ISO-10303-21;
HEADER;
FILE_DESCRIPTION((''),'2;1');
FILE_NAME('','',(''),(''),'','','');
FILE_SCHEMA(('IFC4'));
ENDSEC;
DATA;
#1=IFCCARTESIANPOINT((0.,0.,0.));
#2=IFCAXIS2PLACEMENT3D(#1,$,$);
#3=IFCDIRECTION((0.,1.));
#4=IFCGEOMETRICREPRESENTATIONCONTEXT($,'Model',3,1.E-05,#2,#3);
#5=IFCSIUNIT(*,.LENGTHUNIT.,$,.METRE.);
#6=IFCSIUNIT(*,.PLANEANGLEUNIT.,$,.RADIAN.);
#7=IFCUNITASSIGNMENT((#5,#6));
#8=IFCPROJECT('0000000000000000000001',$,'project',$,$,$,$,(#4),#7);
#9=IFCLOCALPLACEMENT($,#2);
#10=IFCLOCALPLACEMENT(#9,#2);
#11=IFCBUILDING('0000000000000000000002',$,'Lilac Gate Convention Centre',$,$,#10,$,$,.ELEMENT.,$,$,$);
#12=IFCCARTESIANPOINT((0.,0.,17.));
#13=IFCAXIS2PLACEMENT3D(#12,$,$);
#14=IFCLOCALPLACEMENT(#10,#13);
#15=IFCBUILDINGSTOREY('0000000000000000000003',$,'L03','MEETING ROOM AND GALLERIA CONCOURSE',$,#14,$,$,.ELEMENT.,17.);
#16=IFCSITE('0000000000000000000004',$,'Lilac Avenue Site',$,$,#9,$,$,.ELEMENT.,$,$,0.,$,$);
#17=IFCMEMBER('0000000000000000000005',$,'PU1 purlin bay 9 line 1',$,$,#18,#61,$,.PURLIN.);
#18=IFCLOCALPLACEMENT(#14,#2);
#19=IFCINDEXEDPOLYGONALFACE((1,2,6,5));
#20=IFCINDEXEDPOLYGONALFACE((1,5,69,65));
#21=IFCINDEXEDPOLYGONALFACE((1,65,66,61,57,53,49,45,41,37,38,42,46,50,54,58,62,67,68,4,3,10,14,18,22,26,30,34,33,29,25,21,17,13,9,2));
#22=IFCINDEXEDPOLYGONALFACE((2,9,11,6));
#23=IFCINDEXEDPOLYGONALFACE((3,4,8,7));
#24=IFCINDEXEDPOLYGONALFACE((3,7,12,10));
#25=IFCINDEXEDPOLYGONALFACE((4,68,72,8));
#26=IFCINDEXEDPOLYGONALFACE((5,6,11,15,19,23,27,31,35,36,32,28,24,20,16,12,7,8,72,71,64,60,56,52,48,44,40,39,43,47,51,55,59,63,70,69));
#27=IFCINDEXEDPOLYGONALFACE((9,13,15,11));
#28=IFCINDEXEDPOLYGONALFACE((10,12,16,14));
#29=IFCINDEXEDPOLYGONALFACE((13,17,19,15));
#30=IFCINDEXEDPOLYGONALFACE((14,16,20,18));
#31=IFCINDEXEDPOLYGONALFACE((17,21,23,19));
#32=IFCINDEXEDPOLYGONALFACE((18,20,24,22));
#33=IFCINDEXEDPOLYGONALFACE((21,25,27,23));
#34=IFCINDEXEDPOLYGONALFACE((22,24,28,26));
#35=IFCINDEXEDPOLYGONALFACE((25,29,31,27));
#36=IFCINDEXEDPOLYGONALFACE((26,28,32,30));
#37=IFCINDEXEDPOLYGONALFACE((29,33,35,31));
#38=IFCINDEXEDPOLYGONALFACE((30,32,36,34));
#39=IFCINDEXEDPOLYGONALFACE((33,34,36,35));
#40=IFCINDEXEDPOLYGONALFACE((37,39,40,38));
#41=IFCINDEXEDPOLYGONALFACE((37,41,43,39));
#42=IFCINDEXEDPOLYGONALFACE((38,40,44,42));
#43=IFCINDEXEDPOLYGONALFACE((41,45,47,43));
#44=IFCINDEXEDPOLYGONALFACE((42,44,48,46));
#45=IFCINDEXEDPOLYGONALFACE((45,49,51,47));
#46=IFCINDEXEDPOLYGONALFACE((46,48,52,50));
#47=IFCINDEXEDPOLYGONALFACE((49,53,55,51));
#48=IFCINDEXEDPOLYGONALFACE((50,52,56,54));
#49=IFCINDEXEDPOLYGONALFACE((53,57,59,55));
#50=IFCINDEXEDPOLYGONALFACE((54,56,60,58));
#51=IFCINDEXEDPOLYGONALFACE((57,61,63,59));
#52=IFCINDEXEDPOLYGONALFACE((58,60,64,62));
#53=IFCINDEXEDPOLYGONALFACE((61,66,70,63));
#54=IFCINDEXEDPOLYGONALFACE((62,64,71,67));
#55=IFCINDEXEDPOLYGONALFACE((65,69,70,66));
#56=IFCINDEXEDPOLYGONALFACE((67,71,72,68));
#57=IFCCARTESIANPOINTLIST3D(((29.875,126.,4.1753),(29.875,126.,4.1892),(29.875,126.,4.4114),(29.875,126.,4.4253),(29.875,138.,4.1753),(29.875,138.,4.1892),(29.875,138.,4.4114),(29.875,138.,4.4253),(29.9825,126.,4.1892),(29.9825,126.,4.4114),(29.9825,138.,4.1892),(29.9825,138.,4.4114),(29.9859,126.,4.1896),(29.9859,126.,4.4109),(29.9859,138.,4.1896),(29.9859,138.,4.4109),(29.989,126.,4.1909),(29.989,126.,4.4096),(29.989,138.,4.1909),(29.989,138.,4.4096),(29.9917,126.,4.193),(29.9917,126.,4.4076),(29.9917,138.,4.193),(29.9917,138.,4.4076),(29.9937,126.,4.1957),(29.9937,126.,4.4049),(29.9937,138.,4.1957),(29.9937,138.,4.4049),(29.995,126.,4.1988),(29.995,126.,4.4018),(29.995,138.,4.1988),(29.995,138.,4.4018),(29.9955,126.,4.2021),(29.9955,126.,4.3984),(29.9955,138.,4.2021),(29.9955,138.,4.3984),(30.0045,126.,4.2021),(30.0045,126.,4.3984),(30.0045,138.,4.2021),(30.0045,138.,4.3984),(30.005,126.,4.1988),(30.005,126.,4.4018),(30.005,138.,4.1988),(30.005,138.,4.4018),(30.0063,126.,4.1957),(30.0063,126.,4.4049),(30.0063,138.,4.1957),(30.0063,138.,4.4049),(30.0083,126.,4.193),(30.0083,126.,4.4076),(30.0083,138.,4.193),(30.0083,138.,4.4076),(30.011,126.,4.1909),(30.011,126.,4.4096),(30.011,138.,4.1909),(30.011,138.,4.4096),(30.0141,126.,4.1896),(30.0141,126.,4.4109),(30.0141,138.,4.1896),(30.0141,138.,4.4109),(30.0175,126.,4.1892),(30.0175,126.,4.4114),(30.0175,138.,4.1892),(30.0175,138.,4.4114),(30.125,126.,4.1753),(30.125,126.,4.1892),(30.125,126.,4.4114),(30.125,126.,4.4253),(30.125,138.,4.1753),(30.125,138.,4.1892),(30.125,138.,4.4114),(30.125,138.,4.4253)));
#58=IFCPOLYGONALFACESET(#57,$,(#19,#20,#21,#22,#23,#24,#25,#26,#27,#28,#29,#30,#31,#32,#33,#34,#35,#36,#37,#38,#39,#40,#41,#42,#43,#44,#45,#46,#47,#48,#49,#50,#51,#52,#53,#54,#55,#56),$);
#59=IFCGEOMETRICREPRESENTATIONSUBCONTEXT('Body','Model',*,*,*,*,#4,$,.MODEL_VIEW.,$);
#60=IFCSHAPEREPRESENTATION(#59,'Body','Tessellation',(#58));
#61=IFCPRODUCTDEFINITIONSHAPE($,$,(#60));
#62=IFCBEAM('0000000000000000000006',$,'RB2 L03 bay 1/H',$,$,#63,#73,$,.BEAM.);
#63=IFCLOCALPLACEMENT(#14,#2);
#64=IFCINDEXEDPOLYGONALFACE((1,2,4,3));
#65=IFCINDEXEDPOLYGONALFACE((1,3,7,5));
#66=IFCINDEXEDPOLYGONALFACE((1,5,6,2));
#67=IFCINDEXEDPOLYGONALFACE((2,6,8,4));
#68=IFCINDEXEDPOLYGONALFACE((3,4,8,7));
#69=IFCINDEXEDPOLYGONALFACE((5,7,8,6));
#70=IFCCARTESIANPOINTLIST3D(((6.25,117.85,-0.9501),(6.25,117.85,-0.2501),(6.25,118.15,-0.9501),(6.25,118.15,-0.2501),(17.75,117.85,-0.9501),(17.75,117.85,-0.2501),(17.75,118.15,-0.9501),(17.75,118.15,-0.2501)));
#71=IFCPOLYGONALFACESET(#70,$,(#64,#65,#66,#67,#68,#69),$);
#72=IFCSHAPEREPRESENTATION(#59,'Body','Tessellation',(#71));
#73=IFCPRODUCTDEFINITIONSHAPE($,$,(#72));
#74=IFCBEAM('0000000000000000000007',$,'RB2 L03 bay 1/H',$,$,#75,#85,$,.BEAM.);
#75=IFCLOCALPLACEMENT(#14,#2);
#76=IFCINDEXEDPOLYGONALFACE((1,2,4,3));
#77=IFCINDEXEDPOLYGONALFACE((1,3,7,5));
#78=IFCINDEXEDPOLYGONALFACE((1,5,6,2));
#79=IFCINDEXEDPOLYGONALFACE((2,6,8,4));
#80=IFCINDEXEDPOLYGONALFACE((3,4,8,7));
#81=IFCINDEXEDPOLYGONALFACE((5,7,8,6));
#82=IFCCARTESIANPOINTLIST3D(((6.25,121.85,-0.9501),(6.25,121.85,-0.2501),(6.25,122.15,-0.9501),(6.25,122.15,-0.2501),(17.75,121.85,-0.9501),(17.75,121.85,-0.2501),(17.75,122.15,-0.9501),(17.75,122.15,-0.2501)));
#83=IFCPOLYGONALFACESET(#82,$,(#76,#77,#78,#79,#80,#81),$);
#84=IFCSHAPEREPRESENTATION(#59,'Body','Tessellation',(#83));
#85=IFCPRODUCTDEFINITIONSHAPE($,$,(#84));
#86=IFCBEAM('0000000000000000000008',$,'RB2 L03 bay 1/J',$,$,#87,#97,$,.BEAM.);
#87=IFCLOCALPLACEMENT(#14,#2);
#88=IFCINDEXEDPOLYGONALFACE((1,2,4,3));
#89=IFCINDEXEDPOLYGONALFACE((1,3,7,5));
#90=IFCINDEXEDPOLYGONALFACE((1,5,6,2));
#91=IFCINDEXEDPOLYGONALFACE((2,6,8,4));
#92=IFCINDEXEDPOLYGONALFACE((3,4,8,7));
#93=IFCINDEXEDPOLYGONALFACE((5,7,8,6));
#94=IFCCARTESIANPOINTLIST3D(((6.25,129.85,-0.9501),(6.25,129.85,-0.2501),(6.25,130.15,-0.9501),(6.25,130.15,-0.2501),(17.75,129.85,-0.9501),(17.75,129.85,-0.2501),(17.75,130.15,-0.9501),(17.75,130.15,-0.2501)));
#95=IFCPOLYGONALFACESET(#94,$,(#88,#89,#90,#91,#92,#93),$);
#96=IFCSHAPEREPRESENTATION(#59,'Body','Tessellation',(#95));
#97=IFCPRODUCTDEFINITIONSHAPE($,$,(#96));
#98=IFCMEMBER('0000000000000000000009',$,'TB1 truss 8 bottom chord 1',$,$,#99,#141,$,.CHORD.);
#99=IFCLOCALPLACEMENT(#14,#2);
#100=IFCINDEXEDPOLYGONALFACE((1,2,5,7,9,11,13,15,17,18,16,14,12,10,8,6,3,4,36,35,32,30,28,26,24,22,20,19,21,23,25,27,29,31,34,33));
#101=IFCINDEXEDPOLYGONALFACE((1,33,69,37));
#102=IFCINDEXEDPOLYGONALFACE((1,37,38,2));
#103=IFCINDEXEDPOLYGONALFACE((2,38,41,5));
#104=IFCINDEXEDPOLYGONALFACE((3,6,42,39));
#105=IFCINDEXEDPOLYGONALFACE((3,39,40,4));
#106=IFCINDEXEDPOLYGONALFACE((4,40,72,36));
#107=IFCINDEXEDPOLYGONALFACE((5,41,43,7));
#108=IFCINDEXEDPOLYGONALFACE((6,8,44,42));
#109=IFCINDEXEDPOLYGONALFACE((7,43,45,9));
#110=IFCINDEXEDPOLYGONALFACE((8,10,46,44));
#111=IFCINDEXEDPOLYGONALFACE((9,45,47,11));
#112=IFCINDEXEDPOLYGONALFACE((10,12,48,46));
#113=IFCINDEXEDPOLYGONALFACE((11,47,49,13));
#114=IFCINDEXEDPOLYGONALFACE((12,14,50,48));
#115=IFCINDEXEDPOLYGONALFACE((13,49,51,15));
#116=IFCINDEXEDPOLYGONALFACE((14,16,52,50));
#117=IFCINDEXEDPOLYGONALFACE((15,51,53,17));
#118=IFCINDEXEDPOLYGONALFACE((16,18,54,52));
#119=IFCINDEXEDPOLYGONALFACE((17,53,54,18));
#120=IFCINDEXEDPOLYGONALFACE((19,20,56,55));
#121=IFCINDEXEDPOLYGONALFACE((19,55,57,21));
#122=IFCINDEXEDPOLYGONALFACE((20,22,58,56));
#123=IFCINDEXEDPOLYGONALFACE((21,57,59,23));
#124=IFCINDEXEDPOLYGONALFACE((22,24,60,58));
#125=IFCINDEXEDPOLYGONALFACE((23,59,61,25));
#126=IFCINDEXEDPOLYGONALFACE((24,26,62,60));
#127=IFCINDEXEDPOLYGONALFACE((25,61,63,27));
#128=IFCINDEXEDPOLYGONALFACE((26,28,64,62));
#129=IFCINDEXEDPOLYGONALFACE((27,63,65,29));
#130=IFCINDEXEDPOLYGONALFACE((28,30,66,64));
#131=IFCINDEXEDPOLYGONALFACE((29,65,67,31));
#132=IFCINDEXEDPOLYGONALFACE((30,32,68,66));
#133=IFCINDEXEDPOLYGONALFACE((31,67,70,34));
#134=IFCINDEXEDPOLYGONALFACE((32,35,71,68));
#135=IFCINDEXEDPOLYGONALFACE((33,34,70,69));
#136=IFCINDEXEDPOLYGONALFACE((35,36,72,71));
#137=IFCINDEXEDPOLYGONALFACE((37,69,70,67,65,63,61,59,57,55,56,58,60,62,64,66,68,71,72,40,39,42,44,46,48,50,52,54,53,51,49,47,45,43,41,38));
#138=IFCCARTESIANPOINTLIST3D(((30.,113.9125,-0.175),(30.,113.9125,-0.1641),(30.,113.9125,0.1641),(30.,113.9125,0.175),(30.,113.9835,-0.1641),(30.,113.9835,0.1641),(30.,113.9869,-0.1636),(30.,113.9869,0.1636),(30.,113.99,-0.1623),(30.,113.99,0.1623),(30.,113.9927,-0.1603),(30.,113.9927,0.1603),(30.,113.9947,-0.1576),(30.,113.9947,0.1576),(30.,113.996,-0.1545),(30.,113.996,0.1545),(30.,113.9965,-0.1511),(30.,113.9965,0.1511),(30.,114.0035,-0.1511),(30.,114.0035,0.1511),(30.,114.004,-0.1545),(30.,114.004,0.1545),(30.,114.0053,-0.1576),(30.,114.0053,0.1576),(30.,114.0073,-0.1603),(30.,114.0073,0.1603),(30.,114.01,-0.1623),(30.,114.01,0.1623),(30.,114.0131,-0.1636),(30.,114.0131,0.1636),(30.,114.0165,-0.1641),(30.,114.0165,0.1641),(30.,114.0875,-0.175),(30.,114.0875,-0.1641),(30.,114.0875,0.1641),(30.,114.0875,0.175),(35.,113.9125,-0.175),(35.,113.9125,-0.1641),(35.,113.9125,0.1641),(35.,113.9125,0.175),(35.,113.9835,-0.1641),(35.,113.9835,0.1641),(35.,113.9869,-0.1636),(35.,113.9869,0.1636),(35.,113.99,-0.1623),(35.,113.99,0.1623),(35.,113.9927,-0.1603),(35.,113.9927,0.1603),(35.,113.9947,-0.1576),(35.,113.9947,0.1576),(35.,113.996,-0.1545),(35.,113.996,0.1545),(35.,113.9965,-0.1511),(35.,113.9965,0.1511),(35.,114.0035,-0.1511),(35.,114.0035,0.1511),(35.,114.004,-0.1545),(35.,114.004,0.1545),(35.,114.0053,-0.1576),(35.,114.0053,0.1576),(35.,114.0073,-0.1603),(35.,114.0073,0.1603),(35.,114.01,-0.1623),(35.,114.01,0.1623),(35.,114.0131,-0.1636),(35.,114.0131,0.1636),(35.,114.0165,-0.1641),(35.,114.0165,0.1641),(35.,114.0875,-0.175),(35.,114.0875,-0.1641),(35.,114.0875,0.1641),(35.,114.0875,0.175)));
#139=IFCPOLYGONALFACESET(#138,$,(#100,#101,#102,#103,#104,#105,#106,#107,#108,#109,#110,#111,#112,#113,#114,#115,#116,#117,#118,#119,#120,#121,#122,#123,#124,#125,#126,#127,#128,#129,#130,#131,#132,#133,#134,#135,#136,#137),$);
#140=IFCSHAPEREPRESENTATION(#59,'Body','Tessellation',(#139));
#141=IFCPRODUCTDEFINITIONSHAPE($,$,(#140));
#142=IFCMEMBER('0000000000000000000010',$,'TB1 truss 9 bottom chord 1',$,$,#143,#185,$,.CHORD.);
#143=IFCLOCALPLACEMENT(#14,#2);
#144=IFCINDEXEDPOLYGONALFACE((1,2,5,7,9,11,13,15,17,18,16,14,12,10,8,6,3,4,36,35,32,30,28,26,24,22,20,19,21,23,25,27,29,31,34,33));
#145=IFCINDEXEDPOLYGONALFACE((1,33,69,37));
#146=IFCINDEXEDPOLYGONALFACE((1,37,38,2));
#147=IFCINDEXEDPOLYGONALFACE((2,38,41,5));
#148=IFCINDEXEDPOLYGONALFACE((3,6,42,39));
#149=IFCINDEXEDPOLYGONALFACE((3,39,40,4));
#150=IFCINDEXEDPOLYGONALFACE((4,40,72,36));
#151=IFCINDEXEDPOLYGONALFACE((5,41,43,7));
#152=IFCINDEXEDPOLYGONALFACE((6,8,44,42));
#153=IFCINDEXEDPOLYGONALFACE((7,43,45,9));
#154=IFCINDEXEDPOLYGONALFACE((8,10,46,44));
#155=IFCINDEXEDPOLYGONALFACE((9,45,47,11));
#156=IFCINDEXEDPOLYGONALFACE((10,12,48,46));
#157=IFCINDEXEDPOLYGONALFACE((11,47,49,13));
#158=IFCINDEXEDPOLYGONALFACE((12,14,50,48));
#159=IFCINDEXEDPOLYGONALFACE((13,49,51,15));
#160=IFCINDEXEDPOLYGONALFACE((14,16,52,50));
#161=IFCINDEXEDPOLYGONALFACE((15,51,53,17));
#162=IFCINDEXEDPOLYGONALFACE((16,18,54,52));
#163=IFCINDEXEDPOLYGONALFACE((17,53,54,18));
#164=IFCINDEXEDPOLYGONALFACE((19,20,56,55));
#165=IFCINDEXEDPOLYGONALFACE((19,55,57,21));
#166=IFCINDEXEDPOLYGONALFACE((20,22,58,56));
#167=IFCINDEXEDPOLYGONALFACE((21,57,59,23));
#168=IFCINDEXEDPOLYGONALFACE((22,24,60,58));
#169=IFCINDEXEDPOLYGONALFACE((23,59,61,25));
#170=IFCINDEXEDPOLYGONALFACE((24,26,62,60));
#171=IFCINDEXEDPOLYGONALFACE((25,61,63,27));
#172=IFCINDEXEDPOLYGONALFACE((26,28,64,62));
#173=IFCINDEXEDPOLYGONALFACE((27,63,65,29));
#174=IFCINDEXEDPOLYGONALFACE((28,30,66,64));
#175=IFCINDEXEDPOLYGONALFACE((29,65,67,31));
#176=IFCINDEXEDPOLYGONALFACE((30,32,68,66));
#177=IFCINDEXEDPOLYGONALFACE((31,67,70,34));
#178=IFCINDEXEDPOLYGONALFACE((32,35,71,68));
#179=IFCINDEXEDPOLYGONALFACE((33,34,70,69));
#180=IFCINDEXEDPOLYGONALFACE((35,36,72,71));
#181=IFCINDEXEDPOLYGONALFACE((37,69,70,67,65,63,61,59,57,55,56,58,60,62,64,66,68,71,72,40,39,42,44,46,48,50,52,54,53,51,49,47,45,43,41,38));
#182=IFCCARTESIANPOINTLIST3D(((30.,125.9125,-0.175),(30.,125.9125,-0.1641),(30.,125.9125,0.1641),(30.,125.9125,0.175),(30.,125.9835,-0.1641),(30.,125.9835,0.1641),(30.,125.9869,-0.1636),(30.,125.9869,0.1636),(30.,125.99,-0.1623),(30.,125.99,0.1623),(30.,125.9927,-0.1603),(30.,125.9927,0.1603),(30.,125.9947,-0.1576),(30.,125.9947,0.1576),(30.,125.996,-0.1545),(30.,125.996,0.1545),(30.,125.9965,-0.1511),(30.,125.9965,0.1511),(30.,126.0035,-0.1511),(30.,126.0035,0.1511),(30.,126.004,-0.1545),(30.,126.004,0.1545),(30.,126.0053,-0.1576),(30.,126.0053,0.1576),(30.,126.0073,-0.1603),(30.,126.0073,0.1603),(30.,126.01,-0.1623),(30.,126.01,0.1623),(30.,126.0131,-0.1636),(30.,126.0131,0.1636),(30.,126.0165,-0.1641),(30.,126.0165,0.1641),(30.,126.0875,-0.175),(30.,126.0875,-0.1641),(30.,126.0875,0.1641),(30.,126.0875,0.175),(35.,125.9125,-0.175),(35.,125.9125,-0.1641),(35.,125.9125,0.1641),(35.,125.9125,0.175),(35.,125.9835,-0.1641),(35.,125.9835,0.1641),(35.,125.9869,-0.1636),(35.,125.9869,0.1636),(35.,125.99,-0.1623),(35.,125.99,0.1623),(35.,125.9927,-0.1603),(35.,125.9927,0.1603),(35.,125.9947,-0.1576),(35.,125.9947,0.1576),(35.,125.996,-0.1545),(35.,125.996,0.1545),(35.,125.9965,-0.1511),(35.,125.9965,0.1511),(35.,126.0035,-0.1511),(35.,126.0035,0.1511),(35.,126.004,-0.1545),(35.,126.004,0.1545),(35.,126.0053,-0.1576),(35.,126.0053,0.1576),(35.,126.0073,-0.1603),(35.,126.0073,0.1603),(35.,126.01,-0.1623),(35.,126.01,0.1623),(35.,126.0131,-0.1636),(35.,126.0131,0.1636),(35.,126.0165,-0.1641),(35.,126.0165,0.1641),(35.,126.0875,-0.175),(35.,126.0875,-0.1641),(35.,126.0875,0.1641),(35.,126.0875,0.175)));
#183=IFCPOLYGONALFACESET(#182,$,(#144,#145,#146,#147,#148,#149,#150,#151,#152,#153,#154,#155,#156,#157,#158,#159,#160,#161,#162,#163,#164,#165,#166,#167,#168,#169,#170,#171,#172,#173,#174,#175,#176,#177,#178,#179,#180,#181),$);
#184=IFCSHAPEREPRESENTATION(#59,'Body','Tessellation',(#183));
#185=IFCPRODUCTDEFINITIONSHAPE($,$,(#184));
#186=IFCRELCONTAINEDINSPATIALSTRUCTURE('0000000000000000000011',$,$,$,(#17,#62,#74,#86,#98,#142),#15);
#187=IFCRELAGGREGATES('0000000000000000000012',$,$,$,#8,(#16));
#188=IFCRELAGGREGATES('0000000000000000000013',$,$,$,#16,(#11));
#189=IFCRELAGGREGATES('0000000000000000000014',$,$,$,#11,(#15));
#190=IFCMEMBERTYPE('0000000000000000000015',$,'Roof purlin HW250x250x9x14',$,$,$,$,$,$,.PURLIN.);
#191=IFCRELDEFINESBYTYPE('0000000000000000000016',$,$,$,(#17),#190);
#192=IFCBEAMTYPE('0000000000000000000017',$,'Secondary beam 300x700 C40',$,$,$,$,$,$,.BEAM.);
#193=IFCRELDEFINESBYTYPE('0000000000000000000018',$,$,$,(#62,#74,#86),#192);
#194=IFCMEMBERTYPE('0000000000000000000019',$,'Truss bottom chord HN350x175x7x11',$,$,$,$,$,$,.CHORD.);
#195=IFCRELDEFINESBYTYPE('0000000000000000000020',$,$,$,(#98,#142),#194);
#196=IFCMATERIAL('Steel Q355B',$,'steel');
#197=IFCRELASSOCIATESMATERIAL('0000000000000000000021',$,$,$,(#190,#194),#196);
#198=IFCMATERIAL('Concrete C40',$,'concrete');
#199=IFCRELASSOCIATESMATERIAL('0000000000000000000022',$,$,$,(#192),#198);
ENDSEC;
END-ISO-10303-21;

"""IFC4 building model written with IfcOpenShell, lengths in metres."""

from ifc_helpers import new_model, si_unit, direction, frame, origin, origin_2d, place, context, subcontext, project, spatial, rectangle, i_section, extrude, material, material_profile, profile_set, type_object, element, save


model = new_model("IFC4")

# Units and contexts
model_context = context("Model", 3, precision=1e-05, world=origin(), true_north=direction((0.0, 1.0)))
body_context = subcontext(model_context, "Body", "Model", "MODEL_VIEW")
ifc_project = project(units=[si_unit("LENGTHUNIT", "METRE"), si_unit("PLANEANGLEUNIT", "RADIAN")], contexts=[model_context])

# Site, building, storey
site_placement = place(None, origin())
site = spatial("IfcSite", under=ifc_project, at=site_placement, Name="Lilac Avenue Site", CompositionType="ELEMENT", RefElevation=0.0)
building_placement = place(site_placement, origin())
building = spatial("IfcBuilding", under=site, at=building_placement, Name="Lilac Gate Convention Centre", CompositionType="ELEMENT")
storey_placement = place(building_placement, frame((0.0, 0.0, 17.0)))
storey = spatial("IfcBuildingStorey", under=building, at=storey_placement, Name="L03", Description="MEETING ROOM AND GALLERIA CONCOURSE", CompositionType="ELEMENT", Elevation=17.0)

# Shared definitions
ifc_material_1 = material(Name="Concrete C40", Category="concrete")
ifc_material_2 = material(Name="Steel Q355B", Category="steel")

# Member
ifc_material_profile_1 = material_profile(ifc_material_2, i_section(OverallWidth=0.25, OverallDepth=0.25, WebThickness=0.009, FlangeThickness=0.0139, FilletRadius=0.0129, at=origin_2d()), Name="HW250x250x9x14")
ifc_profile_set_1 = profile_set([ifc_material_profile_1], Name="Steel Q355B")
member_type_1 = type_object("IfcMemberType", Name="Roof purlin HW250x250x9x14", PredefinedType="PURLIN", material=ifc_profile_set_1)
member_1_placement = place(storey_placement, frame((30.0, 126.0, 4.3003), z_axis=(0.0, 1.0, 0.0), x_axis=(-1.0, 0.0, 0.0)))
element("IfcMember", 1, at=member_1_placement, inside=storey, type_object=member_type_1, Name="PU1 purlin bay 9 line 1", PredefinedType="PURLIN", context=body_context, shape_type="SweptSolid", body=[
    extrude(i_section(OverallWidth=0.25, OverallDepth=0.25, WebThickness=0.009, FlangeThickness=0.0139, FilletRadius=0.0129, at=origin_2d()), origin(), (0.0, 0.0, 1.0), 12.0),
])

# Beams
ifc_material_profile_2 = material_profile(ifc_material_1, rectangle(XDim=0.3, YDim=0.7, at=origin_2d()), Name="RC 300x700")
ifc_profile_set_2 = profile_set([ifc_material_profile_2], Name="Concrete C40")
beam_type_1 = type_object("IfcBeamType", Name="Secondary beam 300x700 C40", PredefinedType="BEAM", material=ifc_profile_set_2)
for number, where, z_axis, x_axis, name in (
    (2, (6.25, 118.0, -0.6001), (1.0, 0.0, 0.0), (0.0, 1.0, 0.0), "RB2 L03 bay 1/H"),
    (3, (6.25, 122.0, -0.6001), (1.0, 0.0, 0.0), (0.0, 1.0, 0.0), "RB2 L03 bay 1/H"),
    (4, (6.25, 130.0, -0.6001), (1.0, 0.0, 0.0), (0.0, 1.0, 0.0), "RB2 L03 bay 1/J"),
):
    element("IfcBeam", number, at=place(storey_placement, frame(where, z_axis=z_axis, x_axis=x_axis)), inside=storey, type_object=beam_type_1, Name=name, PredefinedType="BEAM", context=body_context, shape_type="SweptSolid", body=[
        extrude(rectangle(XDim=0.3, YDim=0.7, at=origin_2d()), origin(), (0.0, 0.0, 1.0), 11.5),
    ])

# Members
ifc_material_profile_3 = material_profile(ifc_material_2, i_section(OverallWidth=0.175, OverallDepth=0.3501, WebThickness=0.0071, FlangeThickness=0.011, FilletRadius=0.0129, at=origin_2d()), Name="HN350x175x7x11")
ifc_profile_set_3 = profile_set([ifc_material_profile_3], Name="Steel Q355B")
member_type_2 = type_object("IfcMemberType", Name="Truss bottom chord HN350x175x7x11", PredefinedType="CHORD", material=ifc_profile_set_3)
for number, where, z_axis, x_axis, name in (
    (5, (30.0, 114.0, 0.0), (1.0, 0.0, 0.0), (0.0, 1.0, 0.0), "TB1 truss 8 bottom chord 1"),
    (6, (30.0, 126.0, 0.0), (1.0, 0.0, 0.0), (0.0, 1.0, 0.0), "TB1 truss 9 bottom chord 1"),
):
    element("IfcMember", number, at=place(storey_placement, frame(where, z_axis=z_axis, x_axis=x_axis)), inside=storey, type_object=member_type_2, Name=name, PredefinedType="CHORD", context=body_context, shape_type="SweptSolid", body=[
        extrude(i_section(OverallWidth=0.175, OverallDepth=0.3501, WebThickness=0.0071, FlangeThickness=0.011, FilletRadius=0.0129, at=origin_2d()), origin(), (0.0, 0.0, 1.0), 5.0),
    ])

save(model, "model.ifc")
